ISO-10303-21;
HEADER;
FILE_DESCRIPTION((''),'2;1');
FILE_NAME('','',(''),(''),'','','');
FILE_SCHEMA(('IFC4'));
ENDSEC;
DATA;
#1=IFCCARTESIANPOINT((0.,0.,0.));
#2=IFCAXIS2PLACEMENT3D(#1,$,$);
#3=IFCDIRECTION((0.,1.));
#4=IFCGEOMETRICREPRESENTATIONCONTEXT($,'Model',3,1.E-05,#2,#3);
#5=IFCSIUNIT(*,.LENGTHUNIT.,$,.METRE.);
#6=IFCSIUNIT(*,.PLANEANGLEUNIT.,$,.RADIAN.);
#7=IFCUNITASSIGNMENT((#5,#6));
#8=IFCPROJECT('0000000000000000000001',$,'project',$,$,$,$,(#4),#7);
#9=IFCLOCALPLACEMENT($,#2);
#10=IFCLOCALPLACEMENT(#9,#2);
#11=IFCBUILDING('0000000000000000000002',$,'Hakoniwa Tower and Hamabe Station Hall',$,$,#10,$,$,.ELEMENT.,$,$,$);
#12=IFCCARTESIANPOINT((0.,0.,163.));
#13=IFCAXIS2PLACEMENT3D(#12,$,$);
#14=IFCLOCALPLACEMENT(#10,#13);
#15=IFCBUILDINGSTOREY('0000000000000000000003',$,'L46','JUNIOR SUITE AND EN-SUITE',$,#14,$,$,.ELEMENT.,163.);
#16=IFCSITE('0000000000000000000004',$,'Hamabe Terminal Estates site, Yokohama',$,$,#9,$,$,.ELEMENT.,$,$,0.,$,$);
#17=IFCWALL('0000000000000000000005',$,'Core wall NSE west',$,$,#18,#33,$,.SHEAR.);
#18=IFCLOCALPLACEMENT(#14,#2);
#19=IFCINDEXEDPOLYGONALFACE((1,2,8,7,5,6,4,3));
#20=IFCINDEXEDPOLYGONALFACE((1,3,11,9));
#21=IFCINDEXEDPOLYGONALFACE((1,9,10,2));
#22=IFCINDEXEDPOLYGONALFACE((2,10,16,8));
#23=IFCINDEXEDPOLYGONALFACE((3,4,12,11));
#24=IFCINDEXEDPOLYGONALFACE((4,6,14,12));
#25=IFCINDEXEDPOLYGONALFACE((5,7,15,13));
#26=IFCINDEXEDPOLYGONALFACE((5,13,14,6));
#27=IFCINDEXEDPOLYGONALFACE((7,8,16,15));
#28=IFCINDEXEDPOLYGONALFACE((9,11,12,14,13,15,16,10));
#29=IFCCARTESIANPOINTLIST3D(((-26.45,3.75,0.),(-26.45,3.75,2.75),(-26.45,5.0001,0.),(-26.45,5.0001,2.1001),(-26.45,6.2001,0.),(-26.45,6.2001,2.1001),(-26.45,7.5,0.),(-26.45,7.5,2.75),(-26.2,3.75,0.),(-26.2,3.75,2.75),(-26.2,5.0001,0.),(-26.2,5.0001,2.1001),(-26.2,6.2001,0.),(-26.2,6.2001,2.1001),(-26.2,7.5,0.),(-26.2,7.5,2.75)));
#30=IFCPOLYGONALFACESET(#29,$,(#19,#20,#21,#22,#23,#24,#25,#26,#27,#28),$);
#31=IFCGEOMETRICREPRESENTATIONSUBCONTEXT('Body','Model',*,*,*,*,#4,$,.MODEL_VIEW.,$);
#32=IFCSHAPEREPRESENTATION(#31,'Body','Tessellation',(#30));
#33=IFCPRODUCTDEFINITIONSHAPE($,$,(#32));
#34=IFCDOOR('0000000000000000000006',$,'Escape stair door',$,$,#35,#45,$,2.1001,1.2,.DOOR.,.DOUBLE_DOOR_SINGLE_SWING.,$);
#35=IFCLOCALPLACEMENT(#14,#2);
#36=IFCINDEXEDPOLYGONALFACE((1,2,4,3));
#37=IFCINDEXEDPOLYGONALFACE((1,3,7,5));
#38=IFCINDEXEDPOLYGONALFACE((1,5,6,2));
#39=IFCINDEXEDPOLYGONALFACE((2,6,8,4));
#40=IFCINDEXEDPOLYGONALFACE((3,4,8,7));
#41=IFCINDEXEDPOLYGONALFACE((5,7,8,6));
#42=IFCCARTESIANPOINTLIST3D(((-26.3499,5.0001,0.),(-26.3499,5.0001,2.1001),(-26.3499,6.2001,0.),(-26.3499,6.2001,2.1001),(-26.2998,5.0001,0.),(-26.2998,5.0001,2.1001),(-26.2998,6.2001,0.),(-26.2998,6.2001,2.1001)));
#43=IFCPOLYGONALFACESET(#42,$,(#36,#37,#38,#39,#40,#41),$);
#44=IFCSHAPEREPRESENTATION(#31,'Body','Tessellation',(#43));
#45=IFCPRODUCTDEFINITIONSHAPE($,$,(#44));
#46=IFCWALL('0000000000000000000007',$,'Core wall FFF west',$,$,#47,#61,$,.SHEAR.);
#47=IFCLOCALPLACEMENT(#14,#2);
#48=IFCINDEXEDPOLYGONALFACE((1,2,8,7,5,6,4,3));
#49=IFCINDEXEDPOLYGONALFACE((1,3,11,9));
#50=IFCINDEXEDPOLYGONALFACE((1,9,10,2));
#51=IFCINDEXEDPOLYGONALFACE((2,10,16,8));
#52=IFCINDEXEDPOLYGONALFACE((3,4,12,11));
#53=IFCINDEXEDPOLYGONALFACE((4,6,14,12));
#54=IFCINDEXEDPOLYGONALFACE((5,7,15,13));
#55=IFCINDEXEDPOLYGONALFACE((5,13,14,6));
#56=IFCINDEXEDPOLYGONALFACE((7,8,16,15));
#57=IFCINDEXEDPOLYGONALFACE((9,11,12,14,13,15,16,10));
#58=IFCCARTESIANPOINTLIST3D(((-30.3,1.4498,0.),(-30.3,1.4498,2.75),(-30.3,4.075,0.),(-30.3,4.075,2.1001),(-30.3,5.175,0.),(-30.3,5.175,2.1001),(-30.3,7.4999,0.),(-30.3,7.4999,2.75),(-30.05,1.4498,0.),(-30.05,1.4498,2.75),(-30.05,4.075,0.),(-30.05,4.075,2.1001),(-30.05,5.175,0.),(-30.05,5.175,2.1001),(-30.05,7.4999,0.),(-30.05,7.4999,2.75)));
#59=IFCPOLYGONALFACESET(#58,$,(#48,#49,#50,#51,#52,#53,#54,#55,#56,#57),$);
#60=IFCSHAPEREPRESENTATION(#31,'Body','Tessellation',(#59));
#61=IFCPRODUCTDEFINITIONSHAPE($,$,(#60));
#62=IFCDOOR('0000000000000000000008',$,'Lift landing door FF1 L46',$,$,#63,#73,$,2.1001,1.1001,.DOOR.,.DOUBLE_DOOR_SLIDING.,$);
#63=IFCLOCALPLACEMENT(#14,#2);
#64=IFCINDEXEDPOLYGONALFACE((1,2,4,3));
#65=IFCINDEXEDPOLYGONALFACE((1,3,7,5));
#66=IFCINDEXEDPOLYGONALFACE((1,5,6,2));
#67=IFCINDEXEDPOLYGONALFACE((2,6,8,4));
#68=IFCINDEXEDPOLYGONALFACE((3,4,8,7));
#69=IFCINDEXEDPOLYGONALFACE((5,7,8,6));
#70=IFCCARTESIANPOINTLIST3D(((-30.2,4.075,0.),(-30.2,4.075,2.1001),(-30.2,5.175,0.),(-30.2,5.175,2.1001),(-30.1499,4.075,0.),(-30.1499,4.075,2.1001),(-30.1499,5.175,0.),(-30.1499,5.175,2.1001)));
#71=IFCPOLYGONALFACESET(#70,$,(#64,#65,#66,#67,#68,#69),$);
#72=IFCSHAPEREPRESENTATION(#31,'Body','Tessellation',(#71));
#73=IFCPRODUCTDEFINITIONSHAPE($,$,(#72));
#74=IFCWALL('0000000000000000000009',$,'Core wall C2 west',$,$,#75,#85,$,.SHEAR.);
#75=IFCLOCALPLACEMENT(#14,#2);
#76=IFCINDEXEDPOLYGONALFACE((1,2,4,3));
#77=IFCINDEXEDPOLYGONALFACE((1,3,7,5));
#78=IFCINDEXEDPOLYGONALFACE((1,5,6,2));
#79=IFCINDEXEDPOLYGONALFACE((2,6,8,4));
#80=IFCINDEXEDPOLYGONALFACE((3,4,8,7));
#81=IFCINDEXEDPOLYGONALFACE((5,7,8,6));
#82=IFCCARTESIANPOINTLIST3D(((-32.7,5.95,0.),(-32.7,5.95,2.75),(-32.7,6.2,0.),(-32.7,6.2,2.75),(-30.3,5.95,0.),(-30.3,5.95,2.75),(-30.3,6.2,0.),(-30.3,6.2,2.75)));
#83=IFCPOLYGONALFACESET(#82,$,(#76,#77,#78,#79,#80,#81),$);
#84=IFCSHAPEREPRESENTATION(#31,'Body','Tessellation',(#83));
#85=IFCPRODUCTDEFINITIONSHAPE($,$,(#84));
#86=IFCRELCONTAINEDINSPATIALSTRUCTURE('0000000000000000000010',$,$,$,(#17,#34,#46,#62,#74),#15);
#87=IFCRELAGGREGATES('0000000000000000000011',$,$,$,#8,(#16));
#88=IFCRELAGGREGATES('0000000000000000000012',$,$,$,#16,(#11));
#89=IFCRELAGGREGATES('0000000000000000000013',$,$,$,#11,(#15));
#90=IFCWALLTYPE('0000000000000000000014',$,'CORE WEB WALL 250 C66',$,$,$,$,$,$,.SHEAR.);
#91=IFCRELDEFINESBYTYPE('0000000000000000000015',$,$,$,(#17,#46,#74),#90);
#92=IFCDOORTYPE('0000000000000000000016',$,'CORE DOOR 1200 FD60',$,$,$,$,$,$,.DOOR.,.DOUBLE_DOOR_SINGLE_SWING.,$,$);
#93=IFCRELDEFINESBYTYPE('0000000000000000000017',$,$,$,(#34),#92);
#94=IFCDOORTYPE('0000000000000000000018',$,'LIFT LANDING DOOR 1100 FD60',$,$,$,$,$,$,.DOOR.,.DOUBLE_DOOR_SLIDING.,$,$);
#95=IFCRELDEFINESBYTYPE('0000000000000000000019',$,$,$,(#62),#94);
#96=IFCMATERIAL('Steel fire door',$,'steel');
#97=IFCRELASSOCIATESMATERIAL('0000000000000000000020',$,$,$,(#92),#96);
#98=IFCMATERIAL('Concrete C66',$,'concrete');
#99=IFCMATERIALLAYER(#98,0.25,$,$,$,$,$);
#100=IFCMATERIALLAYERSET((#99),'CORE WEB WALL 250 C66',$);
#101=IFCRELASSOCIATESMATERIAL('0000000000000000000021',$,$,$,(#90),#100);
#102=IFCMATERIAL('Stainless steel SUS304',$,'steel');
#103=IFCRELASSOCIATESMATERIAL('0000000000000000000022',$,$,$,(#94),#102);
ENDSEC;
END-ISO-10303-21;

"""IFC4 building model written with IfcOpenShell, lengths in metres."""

from ifc_helpers import new_model, si_unit, direction, frame, frame_2d, origin, place, context, subcontext, project, spatial, rectangle, extrude, material, layer, layer_set, type_object, element, fill, save


model = new_model("IFC4")

# Units and contexts
model_context = context("Model", 3, precision=1e-05, world=origin(), true_north=direction((0.0, 1.0)))
body_context = subcontext(model_context, "Body", "Model", "MODEL_VIEW")
ifc_project = project(units=[si_unit("LENGTHUNIT", "METRE"), si_unit("PLANEANGLEUNIT", "RADIAN")], contexts=[model_context])

# Site, building, storey
site_placement = place(None, origin())
site = spatial("IfcSite", under=ifc_project, at=site_placement, Name="Hamabe Terminal Estates site, Yokohama", CompositionType="ELEMENT", RefElevation=0.0)
building_placement = place(site_placement, origin())
building = spatial("IfcBuilding", under=site, at=building_placement, Name="Hakoniwa Tower and Hamabe Station Hall", CompositionType="ELEMENT")
storey_placement = place(building_placement, frame((0.0, 0.0, 163.0)))
storey = spatial("IfcBuildingStorey", under=building, at=storey_placement, Name="L46", Description="JUNIOR SUITE AND EN-SUITE", CompositionType="ELEMENT", Elevation=163.0)

# Shared definitions
ifc_material_1 = material(Name="Steel fire door", Category="steel")
door_type_1 = type_object("IfcDoorType", Name="CORE DOOR 1200 FD60", OperationType="DOUBLE_DOOR_SINGLE_SWING", PredefinedType="DOOR", material=ifc_material_1)

# Shared definitions
ifc_material_2 = material(Name="Concrete C66", Category="concrete")
ifc_layer_1 = layer(ifc_material_2, 0.25)
ifc_layer_set_1 = layer_set([ifc_layer_1], Name="CORE WEB WALL 250 C66")
wall_type_1 = type_object("IfcWallType", Name="CORE WEB WALL 250 C66", PredefinedType="SHEAR", material=ifc_layer_set_1)

# Walls, openings, doors
wall_1_placement = place(storey_placement, frame((-26.325, 3.75, 0.0), z_axis=(0.0, 0.0, 1.0), x_axis=(0.0, 1.0, 0.0)))
wall_1 = element("IfcWall", 1, at=wall_1_placement, inside=storey, type_object=wall_type_1, Name="Core wall NSE west", PredefinedType="SHEAR", context=body_context, shape_type="SweptSolid", body=[
    extrude(rectangle(XDim=3.75, YDim=0.25, at=frame_2d((1.875, 0.0))), origin(), (0.0, 0.0, 1.0), 2.75),
])
opening_1_placement = place(wall_1_placement, frame((1.25, 0.0, 0.0)))
opening_1 = element("IfcOpeningElement", 2, at=opening_1_placement, cuts=wall_1, PredefinedType="OPENING", context=body_context, shape_type="SweptSolid", body=[
    extrude(rectangle(XDim=1.2, YDim=2.1001, at=frame_2d((0.6001, 1.05))), frame((0.0, 0.135, 0.0), z_axis=(0.0, -1.0, 0.0), x_axis=(1.0, 0.0, 0.0)), (0.0, 0.0, 1.0), 0.27),
])
door_1_placement = place(opening_1_placement, origin())
door_1 = element("IfcDoor", 3, at=door_1_placement, inside=storey, type_object=door_type_1, Name="Escape stair door", OperationType="DOUBLE_DOOR_SINGLE_SWING", OverallHeight=2.1001, OverallWidth=1.2, PredefinedType="DOOR", context=body_context, shape_type="SweptSolid", body=[
    extrude(rectangle(XDim=1.2, YDim=2.1001, at=frame_2d((0.6001, 1.05))), frame((0.0, 0.0249, 0.0), z_axis=(0.0, -1.0, 0.0), x_axis=(1.0, 0.0, 0.0)), (0.0, 0.0, 1.0), 0.05),
])
fill(opening_1, door_1)
wall_2_placement = place(storey_placement, frame((-30.175, 1.45, 0.0), z_axis=(0.0, 0.0, 1.0), x_axis=(0.0, 1.0, 0.0)))
wall_2 = element("IfcWall", 4, at=wall_2_placement, inside=storey, type_object=wall_type_1, Name="Core wall FFF west", PredefinedType="SHEAR", context=body_context, shape_type="SweptSolid", body=[
    extrude(rectangle(XDim=6.05, YDim=0.25, at=frame_2d((3.0249, 0.0))), origin(), (0.0, 0.0, 1.0), 2.75),
])
opening_2_placement = place(wall_2_placement, frame((2.625, 0.0, 0.0)))
opening_2 = element("IfcOpeningElement", 5, at=opening_2_placement, cuts=wall_2, PredefinedType="OPENING", context=body_context, shape_type="SweptSolid", body=[
    extrude(rectangle(XDim=1.1001, YDim=2.1001, at=frame_2d((0.55, 1.05))), frame((0.0, 0.135, 0.0), z_axis=(0.0, -1.0, 0.0), x_axis=(1.0, 0.0, 0.0)), (0.0, 0.0, 1.0), 0.27),
])
ifc_material_3 = material(Name="Stainless steel SUS304", Category="steel")
door_type_2 = type_object("IfcDoorType", Name="LIFT LANDING DOOR 1100 FD60", OperationType="DOUBLE_DOOR_SLIDING", PredefinedType="DOOR", material=ifc_material_3)
door_2_placement = place(opening_2_placement, origin())
door_2 = element("IfcDoor", 6, at=door_2_placement, inside=storey, type_object=door_type_2, Name="Lift landing door FF1 L46", OperationType="DOUBLE_DOOR_SLIDING", OverallHeight=2.1001, OverallWidth=1.1001, PredefinedType="DOOR", context=body_context, shape_type="SweptSolid", body=[
    extrude(rectangle(XDim=1.1001, YDim=2.1001, at=frame_2d((0.55, 1.05))), frame((0.0, 0.0249, 0.0), z_axis=(0.0, -1.0, 0.0), x_axis=(1.0, 0.0, 0.0)), (0.0, 0.0, 1.0), 0.05),
])
fill(opening_2, door_2)

# Wall
wall_3_placement = place(storey_placement, frame((-32.7, 6.075, 0.0), z_axis=(0.0, 0.0, 1.0), x_axis=(1.0, 0.0, 0.0)))
element("IfcWall", 7, at=wall_3_placement, inside=storey, type_object=wall_type_1, Name="Core wall C2 west", PredefinedType="SHEAR", context=body_context, shape_type="SweptSolid", body=[
    extrude(rectangle(XDim=2.3999, YDim=0.25, at=frame_2d((1.2, 0.0))), origin(), (0.0, 0.0, 1.0), 2.75),
])

save(model, "model.ifc")
